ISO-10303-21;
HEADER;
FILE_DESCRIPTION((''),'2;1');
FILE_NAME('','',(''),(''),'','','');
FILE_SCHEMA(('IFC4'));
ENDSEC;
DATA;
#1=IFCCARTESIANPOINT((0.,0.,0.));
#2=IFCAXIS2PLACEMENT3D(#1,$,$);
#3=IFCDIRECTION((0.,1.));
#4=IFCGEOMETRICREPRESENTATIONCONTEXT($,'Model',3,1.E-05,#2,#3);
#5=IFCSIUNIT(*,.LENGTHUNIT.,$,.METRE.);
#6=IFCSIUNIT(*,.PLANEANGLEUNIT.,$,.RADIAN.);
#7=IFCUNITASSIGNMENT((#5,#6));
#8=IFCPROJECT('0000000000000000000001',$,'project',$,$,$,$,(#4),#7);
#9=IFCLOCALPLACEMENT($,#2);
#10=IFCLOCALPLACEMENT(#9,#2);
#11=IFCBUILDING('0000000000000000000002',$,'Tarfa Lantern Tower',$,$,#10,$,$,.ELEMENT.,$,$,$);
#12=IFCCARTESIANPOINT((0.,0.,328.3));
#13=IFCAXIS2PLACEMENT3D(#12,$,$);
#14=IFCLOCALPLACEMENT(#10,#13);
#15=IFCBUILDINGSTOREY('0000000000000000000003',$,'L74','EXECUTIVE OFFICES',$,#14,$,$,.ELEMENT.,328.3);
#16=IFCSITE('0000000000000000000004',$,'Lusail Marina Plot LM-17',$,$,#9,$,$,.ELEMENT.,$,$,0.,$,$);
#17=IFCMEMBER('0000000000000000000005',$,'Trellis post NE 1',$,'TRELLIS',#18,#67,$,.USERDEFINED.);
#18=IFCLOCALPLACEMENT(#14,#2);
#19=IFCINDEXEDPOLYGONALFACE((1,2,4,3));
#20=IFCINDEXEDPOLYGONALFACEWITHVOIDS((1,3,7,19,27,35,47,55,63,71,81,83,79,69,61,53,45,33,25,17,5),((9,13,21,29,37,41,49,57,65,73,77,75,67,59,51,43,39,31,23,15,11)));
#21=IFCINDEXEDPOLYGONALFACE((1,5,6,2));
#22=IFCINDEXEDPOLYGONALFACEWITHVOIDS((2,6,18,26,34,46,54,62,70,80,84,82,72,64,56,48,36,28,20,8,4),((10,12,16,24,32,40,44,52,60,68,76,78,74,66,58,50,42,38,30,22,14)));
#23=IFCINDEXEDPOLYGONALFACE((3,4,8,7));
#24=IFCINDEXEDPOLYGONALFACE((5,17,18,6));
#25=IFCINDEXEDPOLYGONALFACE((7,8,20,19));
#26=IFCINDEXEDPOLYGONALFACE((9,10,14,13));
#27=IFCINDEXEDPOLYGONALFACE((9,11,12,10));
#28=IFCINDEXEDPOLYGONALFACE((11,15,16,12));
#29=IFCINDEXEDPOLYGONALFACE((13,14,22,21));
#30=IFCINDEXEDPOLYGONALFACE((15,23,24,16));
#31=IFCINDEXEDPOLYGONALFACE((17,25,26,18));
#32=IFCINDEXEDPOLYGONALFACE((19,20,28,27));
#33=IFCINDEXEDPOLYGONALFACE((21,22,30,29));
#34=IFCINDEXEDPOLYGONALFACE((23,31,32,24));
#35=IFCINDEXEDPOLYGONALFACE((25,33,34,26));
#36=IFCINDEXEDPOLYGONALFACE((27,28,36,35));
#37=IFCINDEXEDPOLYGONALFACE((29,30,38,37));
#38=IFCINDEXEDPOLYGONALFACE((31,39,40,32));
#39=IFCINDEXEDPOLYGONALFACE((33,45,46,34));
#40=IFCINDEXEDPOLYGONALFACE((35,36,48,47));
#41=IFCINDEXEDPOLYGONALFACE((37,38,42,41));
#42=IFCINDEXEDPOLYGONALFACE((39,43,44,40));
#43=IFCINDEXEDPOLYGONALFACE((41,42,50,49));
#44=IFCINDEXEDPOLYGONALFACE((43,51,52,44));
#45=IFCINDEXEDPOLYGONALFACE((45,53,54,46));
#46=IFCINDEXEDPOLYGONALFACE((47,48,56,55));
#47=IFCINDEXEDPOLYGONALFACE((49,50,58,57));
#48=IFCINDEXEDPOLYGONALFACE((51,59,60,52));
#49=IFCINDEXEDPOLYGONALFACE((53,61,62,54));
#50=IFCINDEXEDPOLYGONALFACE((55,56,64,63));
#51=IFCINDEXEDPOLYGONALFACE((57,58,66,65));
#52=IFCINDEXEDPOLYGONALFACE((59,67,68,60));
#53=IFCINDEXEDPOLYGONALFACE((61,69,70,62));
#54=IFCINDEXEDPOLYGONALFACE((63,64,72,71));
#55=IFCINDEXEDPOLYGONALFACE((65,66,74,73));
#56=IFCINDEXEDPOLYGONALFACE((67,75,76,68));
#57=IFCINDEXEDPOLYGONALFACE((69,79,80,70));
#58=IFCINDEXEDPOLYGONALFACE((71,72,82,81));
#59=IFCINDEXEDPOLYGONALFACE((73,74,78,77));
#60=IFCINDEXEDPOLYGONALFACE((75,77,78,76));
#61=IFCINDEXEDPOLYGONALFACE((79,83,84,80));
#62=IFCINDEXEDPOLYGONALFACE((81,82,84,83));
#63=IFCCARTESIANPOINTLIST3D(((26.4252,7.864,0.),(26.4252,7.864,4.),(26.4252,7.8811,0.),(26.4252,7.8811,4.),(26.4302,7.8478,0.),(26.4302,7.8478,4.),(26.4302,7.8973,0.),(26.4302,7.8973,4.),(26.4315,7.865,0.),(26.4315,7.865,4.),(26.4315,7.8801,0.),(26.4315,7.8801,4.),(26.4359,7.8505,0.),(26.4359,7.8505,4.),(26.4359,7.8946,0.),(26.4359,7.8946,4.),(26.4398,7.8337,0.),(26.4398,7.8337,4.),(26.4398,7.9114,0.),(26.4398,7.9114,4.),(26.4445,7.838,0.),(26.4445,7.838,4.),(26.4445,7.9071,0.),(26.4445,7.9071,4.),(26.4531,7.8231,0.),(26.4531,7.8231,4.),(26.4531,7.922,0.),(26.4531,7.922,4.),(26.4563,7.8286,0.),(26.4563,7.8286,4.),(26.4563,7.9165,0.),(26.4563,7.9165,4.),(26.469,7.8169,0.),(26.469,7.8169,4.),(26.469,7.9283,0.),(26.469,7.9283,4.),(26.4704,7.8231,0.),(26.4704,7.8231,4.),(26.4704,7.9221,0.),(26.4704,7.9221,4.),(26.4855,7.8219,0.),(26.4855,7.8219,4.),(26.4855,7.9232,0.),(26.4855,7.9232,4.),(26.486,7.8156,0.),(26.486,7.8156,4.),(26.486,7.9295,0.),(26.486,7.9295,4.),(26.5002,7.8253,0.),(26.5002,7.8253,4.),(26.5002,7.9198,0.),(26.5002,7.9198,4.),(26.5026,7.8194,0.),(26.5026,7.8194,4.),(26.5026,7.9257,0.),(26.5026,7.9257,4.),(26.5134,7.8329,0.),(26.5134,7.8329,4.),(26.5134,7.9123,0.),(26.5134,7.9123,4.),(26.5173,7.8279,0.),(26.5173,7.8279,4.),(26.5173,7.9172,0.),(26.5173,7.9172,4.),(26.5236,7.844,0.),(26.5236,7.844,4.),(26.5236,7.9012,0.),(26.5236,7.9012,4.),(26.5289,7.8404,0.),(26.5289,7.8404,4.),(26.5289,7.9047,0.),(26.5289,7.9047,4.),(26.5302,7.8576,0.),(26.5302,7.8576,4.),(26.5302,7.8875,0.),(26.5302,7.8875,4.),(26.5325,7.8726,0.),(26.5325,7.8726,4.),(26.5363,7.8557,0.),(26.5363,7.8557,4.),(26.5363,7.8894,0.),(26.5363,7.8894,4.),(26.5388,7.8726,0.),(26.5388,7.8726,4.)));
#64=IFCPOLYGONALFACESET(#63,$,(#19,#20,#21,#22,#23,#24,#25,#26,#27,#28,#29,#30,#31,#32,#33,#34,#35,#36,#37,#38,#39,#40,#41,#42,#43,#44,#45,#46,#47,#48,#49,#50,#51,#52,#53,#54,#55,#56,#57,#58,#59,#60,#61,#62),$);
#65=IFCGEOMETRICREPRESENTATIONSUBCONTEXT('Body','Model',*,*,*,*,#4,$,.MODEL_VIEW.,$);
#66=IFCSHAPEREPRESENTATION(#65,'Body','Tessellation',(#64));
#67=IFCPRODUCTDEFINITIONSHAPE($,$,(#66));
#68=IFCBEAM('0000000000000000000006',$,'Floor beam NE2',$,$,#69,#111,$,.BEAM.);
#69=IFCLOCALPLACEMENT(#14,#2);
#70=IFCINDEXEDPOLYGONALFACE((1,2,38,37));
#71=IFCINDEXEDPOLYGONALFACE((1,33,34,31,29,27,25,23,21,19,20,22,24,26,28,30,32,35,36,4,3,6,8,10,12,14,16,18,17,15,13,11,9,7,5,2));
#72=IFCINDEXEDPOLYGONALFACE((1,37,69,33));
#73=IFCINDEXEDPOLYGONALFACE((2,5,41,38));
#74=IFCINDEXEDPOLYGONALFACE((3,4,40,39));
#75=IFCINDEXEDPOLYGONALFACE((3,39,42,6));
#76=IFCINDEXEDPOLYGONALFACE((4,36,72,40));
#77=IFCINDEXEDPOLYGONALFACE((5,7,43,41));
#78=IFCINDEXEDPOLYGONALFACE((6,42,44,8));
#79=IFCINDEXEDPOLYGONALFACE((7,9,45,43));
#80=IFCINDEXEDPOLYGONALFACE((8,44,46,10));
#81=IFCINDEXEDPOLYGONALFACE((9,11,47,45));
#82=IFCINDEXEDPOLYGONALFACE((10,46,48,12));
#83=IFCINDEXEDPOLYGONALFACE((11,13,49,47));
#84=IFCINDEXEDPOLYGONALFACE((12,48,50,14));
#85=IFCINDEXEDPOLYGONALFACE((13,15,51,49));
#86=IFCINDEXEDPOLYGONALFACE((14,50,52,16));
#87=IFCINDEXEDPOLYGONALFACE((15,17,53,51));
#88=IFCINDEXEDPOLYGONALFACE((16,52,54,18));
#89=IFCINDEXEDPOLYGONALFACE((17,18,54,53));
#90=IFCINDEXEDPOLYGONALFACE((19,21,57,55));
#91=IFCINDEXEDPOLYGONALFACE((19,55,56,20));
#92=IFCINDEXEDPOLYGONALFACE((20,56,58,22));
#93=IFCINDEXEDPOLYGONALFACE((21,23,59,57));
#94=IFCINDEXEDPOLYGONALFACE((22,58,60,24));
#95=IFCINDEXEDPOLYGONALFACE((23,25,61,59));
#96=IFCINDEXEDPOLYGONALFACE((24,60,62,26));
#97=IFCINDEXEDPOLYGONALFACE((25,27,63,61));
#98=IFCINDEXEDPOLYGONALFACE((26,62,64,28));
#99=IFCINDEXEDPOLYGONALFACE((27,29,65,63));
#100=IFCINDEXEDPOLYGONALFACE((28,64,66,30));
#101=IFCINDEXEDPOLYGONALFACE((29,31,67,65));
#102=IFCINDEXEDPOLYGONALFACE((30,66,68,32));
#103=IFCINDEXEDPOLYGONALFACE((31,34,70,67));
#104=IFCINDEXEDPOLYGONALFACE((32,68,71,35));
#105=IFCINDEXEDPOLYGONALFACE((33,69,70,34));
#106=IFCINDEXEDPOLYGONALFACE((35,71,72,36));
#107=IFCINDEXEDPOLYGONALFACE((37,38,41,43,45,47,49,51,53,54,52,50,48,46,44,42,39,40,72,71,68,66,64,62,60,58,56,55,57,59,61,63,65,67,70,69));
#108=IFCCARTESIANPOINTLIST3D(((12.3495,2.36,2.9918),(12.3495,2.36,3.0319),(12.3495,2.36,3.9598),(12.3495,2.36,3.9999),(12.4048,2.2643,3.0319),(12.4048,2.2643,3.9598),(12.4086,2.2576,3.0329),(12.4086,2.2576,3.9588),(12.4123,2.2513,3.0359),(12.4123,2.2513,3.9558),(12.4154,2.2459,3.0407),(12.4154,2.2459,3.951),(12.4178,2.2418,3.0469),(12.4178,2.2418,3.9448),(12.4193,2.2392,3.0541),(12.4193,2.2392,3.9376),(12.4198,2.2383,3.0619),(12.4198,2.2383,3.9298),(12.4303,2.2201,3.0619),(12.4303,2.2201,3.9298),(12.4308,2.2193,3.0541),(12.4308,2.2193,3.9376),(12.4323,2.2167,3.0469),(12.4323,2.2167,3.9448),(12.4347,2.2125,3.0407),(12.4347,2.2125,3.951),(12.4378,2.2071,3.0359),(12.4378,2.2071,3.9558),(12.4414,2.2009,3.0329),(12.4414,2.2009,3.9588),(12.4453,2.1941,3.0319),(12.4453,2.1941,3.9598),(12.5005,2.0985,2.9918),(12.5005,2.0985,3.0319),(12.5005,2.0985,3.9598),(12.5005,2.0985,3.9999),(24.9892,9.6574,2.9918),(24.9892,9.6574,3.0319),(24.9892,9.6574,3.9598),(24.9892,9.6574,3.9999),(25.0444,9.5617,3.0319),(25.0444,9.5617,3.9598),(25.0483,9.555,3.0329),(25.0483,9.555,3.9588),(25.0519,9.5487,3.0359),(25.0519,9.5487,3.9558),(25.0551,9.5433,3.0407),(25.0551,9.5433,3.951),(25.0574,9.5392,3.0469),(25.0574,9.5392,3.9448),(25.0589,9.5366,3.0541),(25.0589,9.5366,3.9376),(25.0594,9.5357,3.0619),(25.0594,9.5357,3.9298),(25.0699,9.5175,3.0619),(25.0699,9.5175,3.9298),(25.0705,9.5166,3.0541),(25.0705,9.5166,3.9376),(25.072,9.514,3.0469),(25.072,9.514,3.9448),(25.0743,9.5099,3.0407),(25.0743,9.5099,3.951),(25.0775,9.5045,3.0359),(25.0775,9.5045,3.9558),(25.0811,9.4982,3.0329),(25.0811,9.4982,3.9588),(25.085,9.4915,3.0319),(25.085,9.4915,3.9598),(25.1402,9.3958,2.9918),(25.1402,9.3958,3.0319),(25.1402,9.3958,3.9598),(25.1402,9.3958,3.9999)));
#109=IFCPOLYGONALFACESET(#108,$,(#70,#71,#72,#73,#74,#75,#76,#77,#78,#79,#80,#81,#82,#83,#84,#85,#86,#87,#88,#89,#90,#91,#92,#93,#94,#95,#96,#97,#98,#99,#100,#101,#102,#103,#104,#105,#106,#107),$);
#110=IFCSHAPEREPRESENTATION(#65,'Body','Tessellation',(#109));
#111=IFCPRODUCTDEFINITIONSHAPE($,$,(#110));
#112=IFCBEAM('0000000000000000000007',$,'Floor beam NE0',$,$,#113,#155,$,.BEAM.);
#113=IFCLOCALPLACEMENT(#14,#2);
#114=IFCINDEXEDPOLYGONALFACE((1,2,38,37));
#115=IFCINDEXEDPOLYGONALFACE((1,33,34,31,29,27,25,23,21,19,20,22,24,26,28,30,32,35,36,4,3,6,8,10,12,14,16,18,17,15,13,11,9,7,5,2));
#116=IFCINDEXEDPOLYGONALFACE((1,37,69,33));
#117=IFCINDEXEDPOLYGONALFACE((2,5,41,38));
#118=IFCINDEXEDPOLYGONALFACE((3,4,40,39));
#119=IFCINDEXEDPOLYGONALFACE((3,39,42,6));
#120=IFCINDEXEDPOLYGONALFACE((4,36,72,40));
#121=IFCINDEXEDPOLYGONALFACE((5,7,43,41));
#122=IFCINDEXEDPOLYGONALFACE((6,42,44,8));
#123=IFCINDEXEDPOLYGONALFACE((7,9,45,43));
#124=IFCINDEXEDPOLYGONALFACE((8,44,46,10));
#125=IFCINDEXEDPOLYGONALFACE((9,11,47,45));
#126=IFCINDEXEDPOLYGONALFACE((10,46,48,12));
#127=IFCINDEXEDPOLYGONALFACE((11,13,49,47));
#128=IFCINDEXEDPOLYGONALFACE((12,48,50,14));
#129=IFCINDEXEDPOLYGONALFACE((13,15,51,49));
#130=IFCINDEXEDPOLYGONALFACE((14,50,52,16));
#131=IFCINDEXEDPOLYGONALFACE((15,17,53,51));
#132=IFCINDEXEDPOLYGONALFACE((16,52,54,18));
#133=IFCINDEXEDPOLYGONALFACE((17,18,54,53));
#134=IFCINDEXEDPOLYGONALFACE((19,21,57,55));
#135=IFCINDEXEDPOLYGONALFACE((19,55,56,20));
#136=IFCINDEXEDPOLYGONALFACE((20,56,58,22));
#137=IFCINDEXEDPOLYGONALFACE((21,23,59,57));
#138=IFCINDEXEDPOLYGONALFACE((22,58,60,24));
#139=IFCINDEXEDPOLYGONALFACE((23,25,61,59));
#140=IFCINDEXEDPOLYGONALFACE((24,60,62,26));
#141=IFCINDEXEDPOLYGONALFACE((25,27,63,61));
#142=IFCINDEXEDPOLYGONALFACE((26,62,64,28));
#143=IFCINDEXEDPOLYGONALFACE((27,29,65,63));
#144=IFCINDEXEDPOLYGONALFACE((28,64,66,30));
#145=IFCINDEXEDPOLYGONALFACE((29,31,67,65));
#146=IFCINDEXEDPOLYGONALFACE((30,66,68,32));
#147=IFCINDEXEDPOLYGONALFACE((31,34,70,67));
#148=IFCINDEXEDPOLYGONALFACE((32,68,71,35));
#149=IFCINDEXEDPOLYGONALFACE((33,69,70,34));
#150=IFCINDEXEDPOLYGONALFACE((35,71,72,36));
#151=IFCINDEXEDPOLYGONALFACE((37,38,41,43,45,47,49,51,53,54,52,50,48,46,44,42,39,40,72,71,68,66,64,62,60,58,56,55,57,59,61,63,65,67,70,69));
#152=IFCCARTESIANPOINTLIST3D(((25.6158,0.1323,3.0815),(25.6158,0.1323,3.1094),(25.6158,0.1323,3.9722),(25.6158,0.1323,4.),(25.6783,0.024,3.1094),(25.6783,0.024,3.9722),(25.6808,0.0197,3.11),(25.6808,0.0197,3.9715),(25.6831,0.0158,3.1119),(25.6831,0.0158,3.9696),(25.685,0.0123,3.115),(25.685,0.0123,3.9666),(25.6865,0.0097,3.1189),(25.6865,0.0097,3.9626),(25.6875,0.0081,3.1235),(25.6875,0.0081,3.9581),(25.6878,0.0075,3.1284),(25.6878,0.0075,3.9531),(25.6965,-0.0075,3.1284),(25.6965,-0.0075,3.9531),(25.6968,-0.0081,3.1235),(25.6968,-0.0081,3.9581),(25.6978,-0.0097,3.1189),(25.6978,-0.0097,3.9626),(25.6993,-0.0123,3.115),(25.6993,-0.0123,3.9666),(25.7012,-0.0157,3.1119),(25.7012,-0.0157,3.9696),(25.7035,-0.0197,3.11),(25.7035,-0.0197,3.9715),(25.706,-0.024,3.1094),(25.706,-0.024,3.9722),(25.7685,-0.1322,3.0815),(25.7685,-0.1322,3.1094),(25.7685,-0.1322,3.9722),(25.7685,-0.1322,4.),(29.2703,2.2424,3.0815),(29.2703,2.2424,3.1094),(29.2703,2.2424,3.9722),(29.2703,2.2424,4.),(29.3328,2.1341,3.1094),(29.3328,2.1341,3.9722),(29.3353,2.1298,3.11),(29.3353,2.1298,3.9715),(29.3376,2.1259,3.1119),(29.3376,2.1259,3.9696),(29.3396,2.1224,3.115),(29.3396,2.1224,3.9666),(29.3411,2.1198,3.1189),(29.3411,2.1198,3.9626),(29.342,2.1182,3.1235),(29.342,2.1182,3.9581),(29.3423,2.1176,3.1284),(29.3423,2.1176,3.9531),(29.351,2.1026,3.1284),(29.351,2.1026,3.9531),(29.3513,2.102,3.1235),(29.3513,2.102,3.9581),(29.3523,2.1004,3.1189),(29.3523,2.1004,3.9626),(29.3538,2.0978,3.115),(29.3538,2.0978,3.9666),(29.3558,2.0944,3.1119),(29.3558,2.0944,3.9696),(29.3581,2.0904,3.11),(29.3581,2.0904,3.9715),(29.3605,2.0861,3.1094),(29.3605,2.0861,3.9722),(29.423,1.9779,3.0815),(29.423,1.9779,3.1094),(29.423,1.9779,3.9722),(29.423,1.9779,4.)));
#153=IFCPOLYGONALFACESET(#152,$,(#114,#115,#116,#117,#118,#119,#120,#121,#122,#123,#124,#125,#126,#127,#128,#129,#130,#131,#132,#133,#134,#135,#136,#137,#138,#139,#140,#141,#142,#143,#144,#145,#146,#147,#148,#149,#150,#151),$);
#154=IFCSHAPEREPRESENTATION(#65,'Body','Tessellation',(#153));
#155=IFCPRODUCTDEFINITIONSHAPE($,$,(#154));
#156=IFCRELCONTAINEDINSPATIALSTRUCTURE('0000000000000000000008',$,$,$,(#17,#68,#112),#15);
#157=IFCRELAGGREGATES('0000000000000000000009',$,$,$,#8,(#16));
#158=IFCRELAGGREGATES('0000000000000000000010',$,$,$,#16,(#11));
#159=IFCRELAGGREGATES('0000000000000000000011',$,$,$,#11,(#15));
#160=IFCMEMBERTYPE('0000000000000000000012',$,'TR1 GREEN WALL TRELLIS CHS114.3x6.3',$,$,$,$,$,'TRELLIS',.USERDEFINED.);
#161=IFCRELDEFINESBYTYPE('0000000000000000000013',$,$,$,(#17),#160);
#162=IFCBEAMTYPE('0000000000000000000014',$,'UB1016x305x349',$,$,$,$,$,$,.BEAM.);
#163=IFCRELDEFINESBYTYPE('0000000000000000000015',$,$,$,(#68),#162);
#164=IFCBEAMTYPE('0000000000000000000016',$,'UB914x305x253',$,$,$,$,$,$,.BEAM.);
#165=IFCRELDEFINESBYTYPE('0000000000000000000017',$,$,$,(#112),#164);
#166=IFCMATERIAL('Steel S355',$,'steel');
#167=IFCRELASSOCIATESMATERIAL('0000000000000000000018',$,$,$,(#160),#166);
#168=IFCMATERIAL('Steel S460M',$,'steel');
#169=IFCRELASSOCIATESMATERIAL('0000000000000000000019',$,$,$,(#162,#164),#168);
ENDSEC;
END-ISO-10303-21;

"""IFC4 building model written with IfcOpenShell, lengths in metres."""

from ifc_helpers import new_model, si_unit, direction, frame, origin, origin_2d, place, context, subcontext, project, spatial, hollow_circle, i_section, extrude, material, material_profile, profile_set, type_object, element, save


model = new_model("IFC4")

# Units and contexts
model_context = context("Model", 3, precision=1e-05, world=origin(), true_north=direction((0.0, 1.0)))
body_context = subcontext(model_context, "Body", "Model", "MODEL_VIEW")
ifc_project = project(units=[si_unit("LENGTHUNIT", "METRE"), si_unit("PLANEANGLEUNIT", "RADIAN")], contexts=[model_context])

# Site, building, storey
site_placement = place(None, origin())
site = spatial("IfcSite", under=ifc_project, at=site_placement, Name="Lusail Marina Plot LM-17", CompositionType="ELEMENT", RefElevation=0.0)
building_placement = place(site_placement, origin())
building = spatial("IfcBuilding", under=site, at=building_placement, Name="Tarfa Lantern Tower", CompositionType="ELEMENT")
storey_placement = place(building_placement, frame((0.0, 0.0, 328.3)))
storey = spatial("IfcBuildingStorey", under=building, at=storey_placement, Name="L74", Description="EXECUTIVE OFFICES", CompositionType="ELEMENT", Elevation=328.3)

# Member
ifc_material_1 = material(Name="Steel S355", Category="steel")
ifc_material_profile_1 = material_profile(ifc_material_1, hollow_circle(Radius=0.0571, WallThickness=0.0063, at=origin_2d()), Name="CHS114.3x6.3")
ifc_profile_set_1 = profile_set([ifc_material_profile_1], Name="Steel S355")
member_type_1 = type_object("IfcMemberType", Name="TR1 GREEN WALL TRELLIS CHS114.3x6.3", ElementType="TRELLIS", PredefinedType="USERDEFINED", material=ifc_profile_set_1)
member_1_placement = place(storey_placement, frame((26.4817, 7.8726, 0.0), z_axis=(0.0, 0.0, 1.0), x_axis=(1.0, 0.0, 0.0)))
element("IfcMember", 1, at=member_1_placement, inside=storey, type_object=member_type_1, Name="Trellis post NE 1", ObjectType="TRELLIS", PredefinedType="USERDEFINED", context=body_context, shape_type="SweptSolid", body=[
    extrude(hollow_circle(Radius=0.0571, WallThickness=0.0063, at=origin_2d()), origin(), (0.0, 0.0, 1.0), 4.0),
])

# Beams
ifc_material_2 = material(Name="Steel S460M", Category="steel")
ifc_material_profile_2 = material_profile(ifc_material_2, i_section(OverallWidth=0.302, OverallDepth=1.0081, WebThickness=0.021, FlangeThickness=0.04, FilletRadius=0.03, at=origin_2d()), Name="UB1016x305x349")
ifc_profile_set_2 = profile_set([ifc_material_profile_2], Name="Steel S460M")
beam_type_1 = type_object("IfcBeamType", Name="UB1016x305x349", PredefinedType="BEAM", material=ifc_profile_set_2)
beam_1_placement = place(storey_placement, frame((25.0647, 9.5266, 3.4958), z_axis=(-0.86603, -0.499993, 0.0), x_axis=(0.499993, -0.86603, 0.0)))
element("IfcBeam", 2, at=beam_1_placement, inside=storey, type_object=beam_type_1, Name="Floor beam NE2", PredefinedType="BEAM", context=body_context, shape_type="SweptSolid", body=[
    extrude(i_section(OverallWidth=0.302, OverallDepth=1.0081, WebThickness=0.021, FlangeThickness=0.04, FilletRadius=0.03, at=origin_2d()), origin(), (0.0, 0.0, 1.0), 14.595),
])
ifc_material_profile_3 = material_profile(ifc_material_2, i_section(OverallWidth=0.3054, OverallDepth=0.9185, WebThickness=0.0173, FlangeThickness=0.0278, FilletRadius=0.019, at=origin_2d()), Name="UB914x305x253")
ifc_profile_set_3 = profile_set([ifc_material_profile_3], Name="Steel S460M")
beam_type_2 = type_object("IfcBeamType", Name="UB914x305x253", PredefinedType="BEAM", material=ifc_profile_set_3)
beam_2_placement = place(storey_placement, frame((29.3467, 2.1101, 3.5408), z_axis=(-0.866009, -0.500028, 0.0), x_axis=(0.500028, -0.866009, 0.0)))
element("IfcBeam", 3, at=beam_2_placement, inside=storey, type_object=beam_type_2, Name="Floor beam NE0", PredefinedType="BEAM", context=body_context, shape_type="SweptSolid", body=[
    extrude(i_section(OverallWidth=0.3054, OverallDepth=0.9185, WebThickness=0.0173, FlangeThickness=0.0278, FilletRadius=0.019, at=origin_2d()), origin(), (0.0, 0.0, 1.0), 4.22),
])

save(model, "model.ifc")
